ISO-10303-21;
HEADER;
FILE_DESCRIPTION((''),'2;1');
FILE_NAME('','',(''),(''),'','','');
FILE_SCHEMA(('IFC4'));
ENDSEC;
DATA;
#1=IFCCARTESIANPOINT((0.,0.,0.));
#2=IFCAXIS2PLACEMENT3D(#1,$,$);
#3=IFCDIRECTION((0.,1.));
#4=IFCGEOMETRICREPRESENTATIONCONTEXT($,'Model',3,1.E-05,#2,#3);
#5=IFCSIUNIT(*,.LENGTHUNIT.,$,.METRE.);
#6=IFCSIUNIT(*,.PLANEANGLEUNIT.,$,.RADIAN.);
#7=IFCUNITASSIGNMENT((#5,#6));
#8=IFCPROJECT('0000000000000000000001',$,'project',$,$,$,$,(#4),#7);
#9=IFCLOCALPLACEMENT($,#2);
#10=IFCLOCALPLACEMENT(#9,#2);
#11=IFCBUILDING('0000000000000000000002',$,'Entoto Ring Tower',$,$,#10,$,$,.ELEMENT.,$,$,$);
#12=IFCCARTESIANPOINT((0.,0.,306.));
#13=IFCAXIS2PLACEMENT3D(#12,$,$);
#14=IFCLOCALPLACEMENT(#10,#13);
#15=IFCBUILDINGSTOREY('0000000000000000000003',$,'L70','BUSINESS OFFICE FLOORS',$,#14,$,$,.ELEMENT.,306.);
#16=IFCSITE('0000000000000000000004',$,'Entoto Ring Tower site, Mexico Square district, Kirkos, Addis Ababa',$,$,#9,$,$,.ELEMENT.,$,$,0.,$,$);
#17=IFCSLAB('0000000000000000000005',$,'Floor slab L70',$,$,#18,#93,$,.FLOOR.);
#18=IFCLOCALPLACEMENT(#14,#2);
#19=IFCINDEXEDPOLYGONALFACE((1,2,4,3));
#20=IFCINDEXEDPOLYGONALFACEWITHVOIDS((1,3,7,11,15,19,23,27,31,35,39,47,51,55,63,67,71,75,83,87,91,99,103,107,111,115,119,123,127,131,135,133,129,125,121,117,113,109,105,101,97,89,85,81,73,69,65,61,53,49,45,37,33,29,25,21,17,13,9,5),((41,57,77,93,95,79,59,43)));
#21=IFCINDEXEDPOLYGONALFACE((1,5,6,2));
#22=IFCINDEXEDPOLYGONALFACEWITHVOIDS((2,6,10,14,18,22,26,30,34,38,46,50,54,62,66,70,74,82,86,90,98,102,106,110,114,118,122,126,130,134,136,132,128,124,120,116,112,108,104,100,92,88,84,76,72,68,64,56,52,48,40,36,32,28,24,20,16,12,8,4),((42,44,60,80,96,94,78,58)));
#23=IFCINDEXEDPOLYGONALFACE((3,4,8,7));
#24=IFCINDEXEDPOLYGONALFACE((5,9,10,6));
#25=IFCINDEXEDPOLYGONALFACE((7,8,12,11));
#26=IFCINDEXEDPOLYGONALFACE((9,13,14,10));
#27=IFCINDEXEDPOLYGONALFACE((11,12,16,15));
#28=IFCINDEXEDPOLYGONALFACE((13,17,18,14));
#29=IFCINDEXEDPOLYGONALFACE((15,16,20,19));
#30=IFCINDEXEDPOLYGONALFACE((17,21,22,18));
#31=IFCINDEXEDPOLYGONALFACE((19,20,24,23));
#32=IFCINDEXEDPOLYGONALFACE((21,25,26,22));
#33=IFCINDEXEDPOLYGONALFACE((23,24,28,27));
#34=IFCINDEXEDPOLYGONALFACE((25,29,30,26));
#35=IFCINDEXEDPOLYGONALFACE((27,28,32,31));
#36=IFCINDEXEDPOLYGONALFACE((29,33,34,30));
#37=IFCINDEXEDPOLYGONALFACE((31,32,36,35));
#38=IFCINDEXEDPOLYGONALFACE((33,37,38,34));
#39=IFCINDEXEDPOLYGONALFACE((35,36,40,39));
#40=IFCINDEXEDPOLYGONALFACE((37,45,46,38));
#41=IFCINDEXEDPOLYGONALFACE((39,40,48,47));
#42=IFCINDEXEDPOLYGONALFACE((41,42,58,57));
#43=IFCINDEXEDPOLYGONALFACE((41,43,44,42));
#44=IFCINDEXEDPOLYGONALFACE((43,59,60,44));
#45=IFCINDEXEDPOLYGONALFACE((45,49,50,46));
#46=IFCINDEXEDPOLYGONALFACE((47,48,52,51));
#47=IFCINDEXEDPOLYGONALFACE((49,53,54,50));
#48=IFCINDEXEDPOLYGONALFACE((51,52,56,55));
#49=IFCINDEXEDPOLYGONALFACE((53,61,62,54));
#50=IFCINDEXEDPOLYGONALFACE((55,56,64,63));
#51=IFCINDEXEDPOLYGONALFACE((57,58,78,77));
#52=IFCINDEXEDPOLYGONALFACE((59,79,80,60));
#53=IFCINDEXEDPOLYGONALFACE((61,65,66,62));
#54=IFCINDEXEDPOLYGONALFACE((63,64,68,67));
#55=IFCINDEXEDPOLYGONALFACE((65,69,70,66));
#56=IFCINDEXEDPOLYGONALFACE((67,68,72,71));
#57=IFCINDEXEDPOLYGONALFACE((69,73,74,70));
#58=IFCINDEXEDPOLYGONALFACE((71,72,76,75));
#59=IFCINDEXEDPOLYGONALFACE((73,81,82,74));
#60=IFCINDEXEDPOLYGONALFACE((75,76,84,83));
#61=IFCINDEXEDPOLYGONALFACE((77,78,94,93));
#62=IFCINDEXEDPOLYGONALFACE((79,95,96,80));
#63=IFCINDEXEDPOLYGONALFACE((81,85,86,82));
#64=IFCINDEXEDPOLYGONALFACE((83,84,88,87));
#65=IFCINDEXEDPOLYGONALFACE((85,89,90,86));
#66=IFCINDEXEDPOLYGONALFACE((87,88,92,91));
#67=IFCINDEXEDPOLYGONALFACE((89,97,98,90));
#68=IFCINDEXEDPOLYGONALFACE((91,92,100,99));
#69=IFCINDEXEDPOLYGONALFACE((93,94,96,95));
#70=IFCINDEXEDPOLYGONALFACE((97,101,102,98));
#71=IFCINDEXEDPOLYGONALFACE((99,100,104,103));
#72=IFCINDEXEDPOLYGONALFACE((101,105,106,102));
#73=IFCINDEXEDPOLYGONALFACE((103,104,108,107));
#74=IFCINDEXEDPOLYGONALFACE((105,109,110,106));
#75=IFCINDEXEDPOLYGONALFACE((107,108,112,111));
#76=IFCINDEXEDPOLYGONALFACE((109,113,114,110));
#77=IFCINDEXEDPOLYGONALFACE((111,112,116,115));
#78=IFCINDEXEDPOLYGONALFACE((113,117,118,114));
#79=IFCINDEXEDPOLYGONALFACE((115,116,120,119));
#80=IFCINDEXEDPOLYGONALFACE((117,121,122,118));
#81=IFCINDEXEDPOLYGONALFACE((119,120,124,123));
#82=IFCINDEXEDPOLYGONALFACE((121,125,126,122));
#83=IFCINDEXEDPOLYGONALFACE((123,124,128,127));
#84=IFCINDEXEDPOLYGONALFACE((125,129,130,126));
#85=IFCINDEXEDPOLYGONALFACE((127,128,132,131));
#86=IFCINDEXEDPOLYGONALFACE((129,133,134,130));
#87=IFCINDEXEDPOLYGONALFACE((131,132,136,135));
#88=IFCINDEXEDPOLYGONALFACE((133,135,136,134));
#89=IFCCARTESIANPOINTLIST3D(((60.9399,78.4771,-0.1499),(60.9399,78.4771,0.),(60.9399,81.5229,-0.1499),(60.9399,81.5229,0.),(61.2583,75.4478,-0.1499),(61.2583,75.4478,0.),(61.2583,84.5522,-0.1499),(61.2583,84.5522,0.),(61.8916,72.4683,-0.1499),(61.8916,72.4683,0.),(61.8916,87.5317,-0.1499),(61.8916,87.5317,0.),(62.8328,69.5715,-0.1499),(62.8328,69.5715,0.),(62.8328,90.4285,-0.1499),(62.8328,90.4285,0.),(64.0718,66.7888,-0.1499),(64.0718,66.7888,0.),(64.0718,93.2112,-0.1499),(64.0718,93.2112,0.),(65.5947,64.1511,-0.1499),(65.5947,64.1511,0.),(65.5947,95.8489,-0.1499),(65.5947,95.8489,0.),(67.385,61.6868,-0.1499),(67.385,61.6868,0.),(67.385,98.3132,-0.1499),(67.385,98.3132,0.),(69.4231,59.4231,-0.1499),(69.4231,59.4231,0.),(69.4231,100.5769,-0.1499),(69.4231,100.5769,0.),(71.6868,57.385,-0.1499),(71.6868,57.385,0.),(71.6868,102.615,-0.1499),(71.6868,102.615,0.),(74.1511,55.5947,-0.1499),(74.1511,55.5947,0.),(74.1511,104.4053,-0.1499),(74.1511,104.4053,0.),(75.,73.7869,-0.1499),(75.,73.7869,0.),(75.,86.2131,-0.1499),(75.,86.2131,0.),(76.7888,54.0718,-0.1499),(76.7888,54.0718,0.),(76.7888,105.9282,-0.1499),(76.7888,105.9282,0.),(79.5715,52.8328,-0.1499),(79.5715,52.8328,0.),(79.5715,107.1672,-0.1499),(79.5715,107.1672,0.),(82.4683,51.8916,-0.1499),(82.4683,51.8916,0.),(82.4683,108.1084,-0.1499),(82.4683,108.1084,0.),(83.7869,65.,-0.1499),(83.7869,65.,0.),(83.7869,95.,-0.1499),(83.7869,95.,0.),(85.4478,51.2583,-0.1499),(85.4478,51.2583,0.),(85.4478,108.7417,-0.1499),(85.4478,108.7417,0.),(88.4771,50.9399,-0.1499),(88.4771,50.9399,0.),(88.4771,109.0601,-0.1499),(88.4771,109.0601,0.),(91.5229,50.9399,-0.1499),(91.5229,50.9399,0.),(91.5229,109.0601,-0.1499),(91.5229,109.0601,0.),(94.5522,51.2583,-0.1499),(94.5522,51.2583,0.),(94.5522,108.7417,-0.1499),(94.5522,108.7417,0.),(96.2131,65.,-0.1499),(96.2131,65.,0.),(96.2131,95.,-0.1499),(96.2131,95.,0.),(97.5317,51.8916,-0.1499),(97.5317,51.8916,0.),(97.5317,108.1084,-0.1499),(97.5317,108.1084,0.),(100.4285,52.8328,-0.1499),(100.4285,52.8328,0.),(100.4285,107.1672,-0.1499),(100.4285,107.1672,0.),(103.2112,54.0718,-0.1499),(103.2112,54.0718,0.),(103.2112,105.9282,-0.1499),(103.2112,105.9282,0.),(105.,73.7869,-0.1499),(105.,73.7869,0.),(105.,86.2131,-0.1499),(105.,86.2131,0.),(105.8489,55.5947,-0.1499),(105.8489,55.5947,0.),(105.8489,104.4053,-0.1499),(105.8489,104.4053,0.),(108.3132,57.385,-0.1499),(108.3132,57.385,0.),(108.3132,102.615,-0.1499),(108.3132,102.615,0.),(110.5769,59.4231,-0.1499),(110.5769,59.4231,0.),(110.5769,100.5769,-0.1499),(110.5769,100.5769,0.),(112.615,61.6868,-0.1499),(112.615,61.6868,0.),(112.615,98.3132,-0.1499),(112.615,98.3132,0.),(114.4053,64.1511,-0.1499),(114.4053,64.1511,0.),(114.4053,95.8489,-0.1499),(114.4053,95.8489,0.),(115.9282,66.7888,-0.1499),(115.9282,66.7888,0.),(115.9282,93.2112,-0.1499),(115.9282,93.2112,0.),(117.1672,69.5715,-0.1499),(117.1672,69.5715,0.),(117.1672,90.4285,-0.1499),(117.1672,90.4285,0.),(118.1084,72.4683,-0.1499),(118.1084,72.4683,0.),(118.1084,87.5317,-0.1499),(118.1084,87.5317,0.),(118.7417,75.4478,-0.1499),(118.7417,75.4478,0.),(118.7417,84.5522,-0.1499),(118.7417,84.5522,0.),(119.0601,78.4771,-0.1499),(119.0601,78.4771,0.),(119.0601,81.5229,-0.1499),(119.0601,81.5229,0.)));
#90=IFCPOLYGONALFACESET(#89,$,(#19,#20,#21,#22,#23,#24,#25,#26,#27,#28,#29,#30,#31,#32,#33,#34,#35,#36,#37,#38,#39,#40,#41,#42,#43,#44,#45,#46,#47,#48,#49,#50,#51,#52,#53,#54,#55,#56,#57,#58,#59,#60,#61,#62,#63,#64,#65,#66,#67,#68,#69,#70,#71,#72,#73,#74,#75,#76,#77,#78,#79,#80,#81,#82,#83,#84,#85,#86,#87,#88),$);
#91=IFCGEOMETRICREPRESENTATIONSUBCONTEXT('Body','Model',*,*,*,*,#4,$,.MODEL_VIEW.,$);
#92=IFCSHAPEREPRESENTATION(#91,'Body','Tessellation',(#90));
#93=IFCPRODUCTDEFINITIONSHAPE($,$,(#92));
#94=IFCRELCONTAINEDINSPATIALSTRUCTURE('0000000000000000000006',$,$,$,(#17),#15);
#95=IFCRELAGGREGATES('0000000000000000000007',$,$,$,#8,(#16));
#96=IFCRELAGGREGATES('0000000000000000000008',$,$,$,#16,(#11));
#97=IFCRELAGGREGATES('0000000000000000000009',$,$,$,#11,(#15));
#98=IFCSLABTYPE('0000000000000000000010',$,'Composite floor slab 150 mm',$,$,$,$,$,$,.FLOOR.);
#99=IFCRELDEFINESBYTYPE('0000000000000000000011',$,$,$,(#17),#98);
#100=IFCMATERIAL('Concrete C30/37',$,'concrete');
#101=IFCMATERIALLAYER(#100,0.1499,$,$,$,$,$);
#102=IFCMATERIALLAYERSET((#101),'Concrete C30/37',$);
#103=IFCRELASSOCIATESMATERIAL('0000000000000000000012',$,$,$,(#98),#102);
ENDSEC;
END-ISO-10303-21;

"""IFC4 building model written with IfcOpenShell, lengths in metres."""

from ifc_helpers import new_model, si_unit, direction, frame, origin, place, context, subcontext, project, spatial, polyline, outline, extrude, material, layer, layer_set, type_object, element, save


model = new_model("IFC4")

# Units and contexts
model_context = context("Model", 3, precision=1e-05, world=origin(), true_north=direction((0.0, 1.0)))
body_context = subcontext(model_context, "Body", "Model", "MODEL_VIEW")
ifc_project = project(units=[si_unit("LENGTHUNIT", "METRE"), si_unit("PLANEANGLEUNIT", "RADIAN")], contexts=[model_context])

# Site, building, storey
site_placement = place(None, origin())
building_placement = place(site_placement, origin())
storey_placement = place(building_placement, frame((0.0, 0.0, 306.0)))
site = spatial("IfcSite", under=ifc_project, at=site_placement, Name="Entoto Ring Tower site, Mexico Square district, Kirkos, Addis Ababa", CompositionType="ELEMENT", RefElevation=0.0)
building = spatial("IfcBuilding", under=site, at=building_placement, Name="Entoto Ring Tower", CompositionType="ELEMENT")
storey = spatial("IfcBuildingStorey", under=building, at=storey_placement, Name="L70", Description="BUSINESS OFFICE FLOORS", CompositionType="ELEMENT", Elevation=306.0)

# Slab
ifc_material_1 = material(Name="Concrete C30/37", Category="concrete")
ifc_layer_1 = layer(ifc_material_1, 0.1499)
ifc_layer_set_1 = layer_set([ifc_layer_1], Name="Concrete C30/37")
slab_type_1 = type_object("IfcSlabType", Name="Composite floor slab 150 mm", PredefinedType="FLOOR", material=ifc_layer_set_1)
slab_1_placement = place(storey_placement, frame((0.0, 0.0, -0.1499)))
element("IfcSlab", 1, at=slab_1_placement, inside=storey, type_object=slab_type_1, Name="Floor slab L70", PredefinedType="FLOOR", context=body_context, shape_type="SweptSolid", body=[
    extrude(outline(polyline([(118.7417, 84.5522), (118.1084, 87.5317), (117.1672, 90.4285), (115.9282, 93.2112), (114.4053, 95.8489), (112.615, 98.3132), (110.5769, 100.5769), (108.3132, 102.615), (105.8489, 104.4053), (103.2112, 105.9282), (100.4285, 107.1672), (97.5317, 108.1084), (94.5522, 108.7417), (91.5229, 109.0601), (88.4771, 109.0601), (85.4478, 108.7417), (82.4683, 108.1084), (79.5715, 107.1672), (76.7888, 105.9282), (74.1511, 104.4053), (71.6868, 102.615), (69.4231, 100.5769), (67.385, 98.3132), (65.5947, 95.8489), (64.0718, 93.2112), (62.8328, 90.4285), (61.8916, 87.5317), (61.2583, 84.5522), (60.9399, 81.5229), (60.9399, 78.4771), (61.2583, 75.4478), (61.8916, 72.4683), (62.8328, 69.5715), (64.0718, 66.7888), (65.5947, 64.1511), (67.385, 61.6868), (69.4231, 59.4231), (71.6868, 57.385), (74.1511, 55.5947), (76.7888, 54.0718), (79.5715, 52.8328), (82.4683, 51.8916), (85.4478, 51.2583), (88.4771, 50.9399), (91.5229, 50.9399), (94.5522, 51.2583), (97.5317, 51.8916), (100.4285, 52.8328), (103.2112, 54.0718), (105.8489, 55.5947), (108.3132, 57.385), (110.5769, 59.4231), (112.615, 61.6868), (114.4053, 64.1511), (115.9282, 66.7888), (117.1672, 69.5715), (118.1084, 72.4683), (118.7417, 75.4478), (119.0601, 78.4771), (119.0601, 81.5229), (118.7417, 84.5522)]), holes=[polyline([(105.0, 73.7869), (105.0, 86.2131), (96.2131, 95.0), (83.7869, 95.0), (75.0, 86.2131), (75.0, 73.7869), (83.7869, 65.0), (96.2131, 65.0), (105.0, 73.7869)])]), origin(), (0.0, 0.0, 1.0), 0.1499),
])

save(model, "model.ifc")
